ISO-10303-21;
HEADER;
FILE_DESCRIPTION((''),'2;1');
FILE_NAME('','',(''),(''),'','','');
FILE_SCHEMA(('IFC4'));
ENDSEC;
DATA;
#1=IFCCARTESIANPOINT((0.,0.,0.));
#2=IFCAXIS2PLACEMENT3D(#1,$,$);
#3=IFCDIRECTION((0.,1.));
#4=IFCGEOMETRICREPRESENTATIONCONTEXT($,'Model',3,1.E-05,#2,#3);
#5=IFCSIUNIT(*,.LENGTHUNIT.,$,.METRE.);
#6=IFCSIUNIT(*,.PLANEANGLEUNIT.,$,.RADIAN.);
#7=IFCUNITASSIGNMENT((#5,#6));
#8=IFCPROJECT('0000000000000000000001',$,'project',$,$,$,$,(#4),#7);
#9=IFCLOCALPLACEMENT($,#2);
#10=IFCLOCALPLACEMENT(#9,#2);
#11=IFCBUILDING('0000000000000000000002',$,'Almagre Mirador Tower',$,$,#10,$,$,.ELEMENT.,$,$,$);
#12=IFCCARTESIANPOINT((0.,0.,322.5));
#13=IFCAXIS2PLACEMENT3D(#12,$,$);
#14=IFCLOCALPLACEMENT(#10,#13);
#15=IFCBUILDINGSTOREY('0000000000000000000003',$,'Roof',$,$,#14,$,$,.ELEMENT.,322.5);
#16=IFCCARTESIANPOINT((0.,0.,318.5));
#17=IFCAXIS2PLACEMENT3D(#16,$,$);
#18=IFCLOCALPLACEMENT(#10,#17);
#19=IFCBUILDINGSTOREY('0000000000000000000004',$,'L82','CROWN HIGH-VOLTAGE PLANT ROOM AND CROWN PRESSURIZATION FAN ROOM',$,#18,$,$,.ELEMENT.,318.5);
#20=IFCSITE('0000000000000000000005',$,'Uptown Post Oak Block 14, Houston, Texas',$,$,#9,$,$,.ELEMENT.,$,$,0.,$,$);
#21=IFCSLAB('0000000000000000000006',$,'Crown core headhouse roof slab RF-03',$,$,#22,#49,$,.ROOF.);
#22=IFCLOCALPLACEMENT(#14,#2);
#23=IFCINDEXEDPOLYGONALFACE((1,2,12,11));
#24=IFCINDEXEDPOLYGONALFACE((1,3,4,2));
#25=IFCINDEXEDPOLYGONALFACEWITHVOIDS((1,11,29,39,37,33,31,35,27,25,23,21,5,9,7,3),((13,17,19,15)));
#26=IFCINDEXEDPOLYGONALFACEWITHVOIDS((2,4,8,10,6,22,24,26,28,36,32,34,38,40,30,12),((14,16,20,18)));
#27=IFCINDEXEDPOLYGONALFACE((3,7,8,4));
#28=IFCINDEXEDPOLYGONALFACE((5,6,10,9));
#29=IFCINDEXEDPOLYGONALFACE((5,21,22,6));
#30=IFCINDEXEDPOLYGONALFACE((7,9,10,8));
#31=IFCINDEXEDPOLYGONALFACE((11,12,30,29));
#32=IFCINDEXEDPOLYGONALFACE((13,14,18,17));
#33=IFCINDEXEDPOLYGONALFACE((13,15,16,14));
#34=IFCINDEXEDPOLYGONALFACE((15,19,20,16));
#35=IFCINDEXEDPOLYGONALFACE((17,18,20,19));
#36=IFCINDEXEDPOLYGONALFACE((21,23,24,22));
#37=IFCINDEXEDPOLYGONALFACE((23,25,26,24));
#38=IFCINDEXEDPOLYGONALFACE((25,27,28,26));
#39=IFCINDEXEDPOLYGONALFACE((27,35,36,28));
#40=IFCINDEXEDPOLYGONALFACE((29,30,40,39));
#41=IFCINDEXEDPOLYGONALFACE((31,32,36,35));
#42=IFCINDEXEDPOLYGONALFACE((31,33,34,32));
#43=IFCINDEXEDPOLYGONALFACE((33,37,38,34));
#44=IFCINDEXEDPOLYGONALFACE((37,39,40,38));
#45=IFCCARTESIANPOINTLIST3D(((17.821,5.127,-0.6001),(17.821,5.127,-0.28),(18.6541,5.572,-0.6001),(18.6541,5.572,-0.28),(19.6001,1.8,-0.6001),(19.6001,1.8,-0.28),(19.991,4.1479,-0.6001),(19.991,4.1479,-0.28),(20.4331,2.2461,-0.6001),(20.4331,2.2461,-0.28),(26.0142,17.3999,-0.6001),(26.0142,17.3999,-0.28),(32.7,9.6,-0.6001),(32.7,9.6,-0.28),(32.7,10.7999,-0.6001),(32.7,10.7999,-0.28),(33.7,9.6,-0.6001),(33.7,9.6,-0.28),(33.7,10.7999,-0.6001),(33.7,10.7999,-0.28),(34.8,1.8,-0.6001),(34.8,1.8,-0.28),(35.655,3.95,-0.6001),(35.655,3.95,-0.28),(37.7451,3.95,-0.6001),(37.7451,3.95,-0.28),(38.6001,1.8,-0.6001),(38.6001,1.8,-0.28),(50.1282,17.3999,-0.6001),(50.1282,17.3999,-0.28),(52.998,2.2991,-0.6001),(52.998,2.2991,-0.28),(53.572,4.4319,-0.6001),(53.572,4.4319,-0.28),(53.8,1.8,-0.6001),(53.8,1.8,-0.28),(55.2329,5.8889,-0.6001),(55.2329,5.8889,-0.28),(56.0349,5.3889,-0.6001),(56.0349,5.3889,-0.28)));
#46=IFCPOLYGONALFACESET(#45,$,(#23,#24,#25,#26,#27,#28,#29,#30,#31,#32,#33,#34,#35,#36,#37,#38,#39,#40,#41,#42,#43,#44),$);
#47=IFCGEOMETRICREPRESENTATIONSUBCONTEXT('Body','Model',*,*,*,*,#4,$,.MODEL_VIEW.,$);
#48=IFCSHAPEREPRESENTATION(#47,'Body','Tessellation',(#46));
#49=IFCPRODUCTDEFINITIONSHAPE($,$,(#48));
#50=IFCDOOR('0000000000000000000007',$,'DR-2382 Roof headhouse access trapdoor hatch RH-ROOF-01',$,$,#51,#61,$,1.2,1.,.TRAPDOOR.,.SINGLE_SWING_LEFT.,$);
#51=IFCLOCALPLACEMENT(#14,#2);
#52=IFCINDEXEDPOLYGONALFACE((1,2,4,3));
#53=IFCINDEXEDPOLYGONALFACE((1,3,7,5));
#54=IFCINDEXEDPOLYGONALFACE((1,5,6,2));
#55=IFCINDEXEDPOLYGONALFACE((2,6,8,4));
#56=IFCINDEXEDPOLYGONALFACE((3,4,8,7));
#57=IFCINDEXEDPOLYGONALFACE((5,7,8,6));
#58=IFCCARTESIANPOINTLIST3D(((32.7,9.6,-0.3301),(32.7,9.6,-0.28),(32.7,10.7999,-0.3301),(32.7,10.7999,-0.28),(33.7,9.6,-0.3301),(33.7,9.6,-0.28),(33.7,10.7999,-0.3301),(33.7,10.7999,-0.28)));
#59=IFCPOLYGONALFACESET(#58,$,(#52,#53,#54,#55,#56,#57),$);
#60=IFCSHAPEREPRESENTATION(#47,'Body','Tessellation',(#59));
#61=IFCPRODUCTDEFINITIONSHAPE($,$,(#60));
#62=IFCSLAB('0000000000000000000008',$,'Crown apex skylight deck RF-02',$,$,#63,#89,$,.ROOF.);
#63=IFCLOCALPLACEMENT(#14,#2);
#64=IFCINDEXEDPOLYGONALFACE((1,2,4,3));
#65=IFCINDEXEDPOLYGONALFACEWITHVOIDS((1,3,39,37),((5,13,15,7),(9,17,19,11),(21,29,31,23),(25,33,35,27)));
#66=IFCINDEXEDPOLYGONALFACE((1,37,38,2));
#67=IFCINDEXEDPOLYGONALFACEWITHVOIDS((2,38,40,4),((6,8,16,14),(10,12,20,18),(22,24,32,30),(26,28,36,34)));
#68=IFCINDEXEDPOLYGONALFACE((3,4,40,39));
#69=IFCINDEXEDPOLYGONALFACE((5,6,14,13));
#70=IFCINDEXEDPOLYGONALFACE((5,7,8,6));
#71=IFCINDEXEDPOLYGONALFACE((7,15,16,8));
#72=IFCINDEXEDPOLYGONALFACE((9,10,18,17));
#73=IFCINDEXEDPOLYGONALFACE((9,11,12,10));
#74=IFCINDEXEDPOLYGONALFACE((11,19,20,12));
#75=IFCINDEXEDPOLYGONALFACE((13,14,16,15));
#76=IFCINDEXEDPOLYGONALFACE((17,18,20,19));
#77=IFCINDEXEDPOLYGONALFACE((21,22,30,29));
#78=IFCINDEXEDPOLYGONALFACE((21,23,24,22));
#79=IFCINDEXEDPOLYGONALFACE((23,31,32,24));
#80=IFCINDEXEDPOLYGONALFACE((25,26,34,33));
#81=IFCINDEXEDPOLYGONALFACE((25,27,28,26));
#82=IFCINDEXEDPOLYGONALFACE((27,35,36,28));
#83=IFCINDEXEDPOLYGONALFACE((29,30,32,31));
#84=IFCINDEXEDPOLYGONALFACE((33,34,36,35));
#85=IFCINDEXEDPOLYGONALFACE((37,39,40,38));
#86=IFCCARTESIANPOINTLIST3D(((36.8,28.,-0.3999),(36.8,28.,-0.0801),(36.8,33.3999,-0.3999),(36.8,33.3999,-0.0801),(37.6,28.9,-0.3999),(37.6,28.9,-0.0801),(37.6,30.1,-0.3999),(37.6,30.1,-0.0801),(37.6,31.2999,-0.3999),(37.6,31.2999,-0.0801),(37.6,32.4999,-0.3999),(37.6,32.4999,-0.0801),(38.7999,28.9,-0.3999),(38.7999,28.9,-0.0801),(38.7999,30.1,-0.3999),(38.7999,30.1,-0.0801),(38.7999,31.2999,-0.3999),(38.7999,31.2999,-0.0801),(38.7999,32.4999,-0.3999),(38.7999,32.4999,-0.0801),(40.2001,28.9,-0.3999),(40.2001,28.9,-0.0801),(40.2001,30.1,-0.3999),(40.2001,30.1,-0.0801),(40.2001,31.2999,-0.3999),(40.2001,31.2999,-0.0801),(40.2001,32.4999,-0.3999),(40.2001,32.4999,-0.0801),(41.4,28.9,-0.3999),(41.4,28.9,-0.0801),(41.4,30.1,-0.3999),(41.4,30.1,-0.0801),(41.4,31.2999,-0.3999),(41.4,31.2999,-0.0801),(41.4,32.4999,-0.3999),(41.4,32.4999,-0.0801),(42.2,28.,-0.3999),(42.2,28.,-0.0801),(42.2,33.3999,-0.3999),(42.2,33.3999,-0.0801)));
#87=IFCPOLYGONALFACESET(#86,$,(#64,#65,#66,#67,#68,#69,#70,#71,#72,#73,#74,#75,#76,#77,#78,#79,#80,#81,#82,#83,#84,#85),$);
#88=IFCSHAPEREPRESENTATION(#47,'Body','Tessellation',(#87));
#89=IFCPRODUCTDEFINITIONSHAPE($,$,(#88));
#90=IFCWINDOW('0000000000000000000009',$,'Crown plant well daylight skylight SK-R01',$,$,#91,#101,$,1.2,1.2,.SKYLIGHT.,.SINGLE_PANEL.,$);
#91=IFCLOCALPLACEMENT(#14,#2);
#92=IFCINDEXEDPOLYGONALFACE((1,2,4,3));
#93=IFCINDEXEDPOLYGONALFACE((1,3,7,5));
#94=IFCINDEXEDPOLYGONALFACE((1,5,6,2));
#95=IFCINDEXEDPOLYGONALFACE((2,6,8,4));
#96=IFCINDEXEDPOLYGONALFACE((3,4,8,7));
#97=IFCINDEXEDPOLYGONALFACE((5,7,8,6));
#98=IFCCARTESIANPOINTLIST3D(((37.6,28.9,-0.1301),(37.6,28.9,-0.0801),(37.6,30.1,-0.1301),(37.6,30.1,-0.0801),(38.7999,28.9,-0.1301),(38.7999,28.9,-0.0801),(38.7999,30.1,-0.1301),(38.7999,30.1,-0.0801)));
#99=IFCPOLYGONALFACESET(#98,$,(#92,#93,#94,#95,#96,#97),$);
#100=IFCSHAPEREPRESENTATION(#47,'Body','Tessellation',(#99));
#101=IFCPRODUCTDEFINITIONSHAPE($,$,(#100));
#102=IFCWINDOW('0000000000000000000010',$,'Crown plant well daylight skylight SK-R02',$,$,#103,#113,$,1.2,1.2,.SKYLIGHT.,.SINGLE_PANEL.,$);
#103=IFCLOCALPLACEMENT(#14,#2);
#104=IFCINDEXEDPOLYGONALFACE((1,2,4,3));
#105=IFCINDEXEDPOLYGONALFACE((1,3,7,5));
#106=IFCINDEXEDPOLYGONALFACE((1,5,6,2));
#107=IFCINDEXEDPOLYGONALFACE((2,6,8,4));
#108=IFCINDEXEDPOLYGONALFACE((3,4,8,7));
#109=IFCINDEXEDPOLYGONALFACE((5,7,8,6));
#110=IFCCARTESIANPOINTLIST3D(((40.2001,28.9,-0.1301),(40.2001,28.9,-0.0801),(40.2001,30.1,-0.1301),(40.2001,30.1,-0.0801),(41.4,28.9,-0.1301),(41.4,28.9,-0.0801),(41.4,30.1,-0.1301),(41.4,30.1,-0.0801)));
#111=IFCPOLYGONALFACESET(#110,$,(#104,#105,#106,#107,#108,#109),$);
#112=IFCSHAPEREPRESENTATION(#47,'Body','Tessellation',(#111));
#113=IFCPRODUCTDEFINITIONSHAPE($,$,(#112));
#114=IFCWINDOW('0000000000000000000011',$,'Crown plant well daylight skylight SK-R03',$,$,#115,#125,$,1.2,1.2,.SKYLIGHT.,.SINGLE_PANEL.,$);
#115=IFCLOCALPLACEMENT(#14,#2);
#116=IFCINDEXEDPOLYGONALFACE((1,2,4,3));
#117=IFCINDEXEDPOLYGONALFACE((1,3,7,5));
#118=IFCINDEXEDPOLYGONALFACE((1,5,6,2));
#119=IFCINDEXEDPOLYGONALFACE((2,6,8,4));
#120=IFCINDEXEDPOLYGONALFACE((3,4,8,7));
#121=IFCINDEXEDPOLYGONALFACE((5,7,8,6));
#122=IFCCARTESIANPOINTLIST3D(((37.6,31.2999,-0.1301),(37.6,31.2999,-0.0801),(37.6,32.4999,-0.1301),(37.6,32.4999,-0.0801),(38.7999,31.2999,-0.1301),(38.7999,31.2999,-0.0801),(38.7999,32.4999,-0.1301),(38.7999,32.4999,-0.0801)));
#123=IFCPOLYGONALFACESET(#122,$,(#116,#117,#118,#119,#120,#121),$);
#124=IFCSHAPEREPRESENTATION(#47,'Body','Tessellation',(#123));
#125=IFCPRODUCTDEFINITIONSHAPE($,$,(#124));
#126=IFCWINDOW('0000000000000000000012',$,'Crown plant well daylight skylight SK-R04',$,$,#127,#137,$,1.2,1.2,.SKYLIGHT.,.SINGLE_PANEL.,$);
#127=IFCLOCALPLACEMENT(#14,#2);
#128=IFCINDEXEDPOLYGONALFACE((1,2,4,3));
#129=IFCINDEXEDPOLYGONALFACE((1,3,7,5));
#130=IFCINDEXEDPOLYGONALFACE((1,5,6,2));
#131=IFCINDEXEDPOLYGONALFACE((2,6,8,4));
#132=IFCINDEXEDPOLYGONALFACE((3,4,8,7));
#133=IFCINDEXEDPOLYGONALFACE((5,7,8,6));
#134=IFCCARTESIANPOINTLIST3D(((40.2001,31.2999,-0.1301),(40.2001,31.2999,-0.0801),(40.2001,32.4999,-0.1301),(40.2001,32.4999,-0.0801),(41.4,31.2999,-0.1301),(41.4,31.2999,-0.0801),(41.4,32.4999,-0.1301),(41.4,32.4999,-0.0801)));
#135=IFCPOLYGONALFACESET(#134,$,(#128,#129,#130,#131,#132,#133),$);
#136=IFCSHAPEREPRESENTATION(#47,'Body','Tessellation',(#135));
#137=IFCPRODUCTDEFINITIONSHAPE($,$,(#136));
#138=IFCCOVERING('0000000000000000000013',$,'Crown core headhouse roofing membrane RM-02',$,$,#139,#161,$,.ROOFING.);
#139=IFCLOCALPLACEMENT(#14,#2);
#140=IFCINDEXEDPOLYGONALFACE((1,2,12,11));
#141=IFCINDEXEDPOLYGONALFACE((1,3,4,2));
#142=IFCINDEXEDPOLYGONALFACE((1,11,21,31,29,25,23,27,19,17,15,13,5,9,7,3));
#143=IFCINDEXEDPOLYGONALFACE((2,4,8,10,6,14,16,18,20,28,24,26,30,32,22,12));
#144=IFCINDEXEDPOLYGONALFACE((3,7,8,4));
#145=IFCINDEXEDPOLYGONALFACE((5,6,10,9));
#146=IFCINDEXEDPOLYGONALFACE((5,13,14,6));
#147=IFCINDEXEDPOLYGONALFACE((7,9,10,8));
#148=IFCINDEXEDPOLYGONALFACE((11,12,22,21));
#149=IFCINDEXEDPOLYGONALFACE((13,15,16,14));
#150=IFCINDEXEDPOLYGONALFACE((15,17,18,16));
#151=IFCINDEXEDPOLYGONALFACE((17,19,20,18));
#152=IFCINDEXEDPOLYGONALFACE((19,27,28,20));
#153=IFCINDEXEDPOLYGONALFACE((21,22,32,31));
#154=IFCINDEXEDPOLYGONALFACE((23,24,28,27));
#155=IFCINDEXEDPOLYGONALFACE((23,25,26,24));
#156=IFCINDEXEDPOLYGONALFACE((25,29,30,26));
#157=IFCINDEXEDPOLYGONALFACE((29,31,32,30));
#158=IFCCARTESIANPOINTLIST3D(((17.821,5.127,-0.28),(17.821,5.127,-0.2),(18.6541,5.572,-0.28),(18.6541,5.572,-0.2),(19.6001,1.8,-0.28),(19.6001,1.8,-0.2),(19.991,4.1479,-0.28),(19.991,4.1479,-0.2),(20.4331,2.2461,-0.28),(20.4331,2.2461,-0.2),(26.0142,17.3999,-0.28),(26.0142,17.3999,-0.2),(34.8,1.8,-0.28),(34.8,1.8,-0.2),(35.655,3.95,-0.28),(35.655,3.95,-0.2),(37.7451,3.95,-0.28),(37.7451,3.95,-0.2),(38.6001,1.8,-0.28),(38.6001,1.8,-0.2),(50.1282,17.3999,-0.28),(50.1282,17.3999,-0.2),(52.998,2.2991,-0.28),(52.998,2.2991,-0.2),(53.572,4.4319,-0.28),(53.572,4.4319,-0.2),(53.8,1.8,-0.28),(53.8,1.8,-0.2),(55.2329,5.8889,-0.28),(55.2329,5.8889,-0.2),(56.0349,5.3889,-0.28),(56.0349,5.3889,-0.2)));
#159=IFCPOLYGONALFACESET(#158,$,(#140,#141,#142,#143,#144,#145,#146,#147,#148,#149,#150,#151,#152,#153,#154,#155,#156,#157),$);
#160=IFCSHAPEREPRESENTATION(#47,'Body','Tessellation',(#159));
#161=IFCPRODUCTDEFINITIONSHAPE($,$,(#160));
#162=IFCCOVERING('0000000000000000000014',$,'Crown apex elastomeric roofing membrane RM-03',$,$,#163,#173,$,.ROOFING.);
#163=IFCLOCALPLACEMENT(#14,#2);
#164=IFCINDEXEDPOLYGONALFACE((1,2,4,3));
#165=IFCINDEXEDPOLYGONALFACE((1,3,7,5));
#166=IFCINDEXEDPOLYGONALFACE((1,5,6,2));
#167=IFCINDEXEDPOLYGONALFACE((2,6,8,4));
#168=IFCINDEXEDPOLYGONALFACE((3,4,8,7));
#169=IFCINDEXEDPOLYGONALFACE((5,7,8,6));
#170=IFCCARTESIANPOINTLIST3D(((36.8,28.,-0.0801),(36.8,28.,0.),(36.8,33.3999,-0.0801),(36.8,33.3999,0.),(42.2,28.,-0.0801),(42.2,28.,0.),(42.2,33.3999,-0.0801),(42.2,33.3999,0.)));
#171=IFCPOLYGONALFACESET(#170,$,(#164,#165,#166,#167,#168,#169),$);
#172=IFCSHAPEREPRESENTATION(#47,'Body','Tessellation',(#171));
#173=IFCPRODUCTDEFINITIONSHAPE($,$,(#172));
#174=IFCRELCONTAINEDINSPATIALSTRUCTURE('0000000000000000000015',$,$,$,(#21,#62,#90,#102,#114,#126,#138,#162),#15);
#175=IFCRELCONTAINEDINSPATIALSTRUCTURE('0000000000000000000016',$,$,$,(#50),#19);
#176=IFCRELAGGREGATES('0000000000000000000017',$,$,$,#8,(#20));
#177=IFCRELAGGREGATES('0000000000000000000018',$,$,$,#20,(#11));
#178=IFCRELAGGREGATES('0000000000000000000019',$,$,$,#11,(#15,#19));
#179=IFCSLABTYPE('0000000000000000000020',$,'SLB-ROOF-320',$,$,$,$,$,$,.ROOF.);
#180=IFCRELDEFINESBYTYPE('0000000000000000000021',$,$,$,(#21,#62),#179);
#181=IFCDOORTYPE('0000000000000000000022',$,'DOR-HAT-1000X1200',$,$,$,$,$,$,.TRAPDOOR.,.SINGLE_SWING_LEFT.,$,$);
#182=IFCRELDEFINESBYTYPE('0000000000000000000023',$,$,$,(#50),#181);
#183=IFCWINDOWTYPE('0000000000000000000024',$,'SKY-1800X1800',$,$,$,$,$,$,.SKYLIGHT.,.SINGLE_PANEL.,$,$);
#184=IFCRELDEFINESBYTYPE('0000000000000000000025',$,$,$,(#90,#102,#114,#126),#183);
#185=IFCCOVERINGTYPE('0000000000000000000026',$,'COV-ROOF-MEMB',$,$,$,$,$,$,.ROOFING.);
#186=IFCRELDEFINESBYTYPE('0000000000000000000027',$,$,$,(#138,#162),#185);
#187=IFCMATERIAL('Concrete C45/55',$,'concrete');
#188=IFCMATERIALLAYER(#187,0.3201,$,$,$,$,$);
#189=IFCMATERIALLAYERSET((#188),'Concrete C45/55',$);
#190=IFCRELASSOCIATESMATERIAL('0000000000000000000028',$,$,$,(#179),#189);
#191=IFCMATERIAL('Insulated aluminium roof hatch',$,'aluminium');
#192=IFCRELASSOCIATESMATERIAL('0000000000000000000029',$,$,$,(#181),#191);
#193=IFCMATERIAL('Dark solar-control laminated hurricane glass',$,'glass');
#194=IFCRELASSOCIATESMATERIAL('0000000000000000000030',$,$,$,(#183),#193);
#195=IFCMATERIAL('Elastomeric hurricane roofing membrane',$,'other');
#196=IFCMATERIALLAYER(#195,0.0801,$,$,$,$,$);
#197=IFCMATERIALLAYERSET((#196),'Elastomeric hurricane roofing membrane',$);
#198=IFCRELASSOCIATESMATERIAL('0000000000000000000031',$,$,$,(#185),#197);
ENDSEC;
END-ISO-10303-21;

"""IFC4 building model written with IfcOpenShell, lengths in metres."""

from ifc_helpers import new_model, si_unit, direction, frame, origin, origin_2d, place, context, subcontext, project, spatial, polyline, rectangle, outline, extrude, material, layer, layer_set, type_object, element, fill, save


model = new_model("IFC4")

# Units and contexts
model_context = context("Model", 3, precision=1e-05, world=origin(), true_north=direction((0.0, 1.0)))
body_context = subcontext(model_context, "Body", "Model", "MODEL_VIEW")
ifc_project = project(units=[si_unit("LENGTHUNIT", "METRE"), si_unit("PLANEANGLEUNIT", "RADIAN")], contexts=[model_context])

# Site, building, storey
site_placement = place(None, origin())
site = spatial("IfcSite", under=ifc_project, at=site_placement, Name="Uptown Post Oak Block 14, Houston, Texas", CompositionType="ELEMENT", RefElevation=0.0)
building_placement = place(site_placement, origin())
building = spatial("IfcBuilding", under=site, at=building_placement, Name="Almagre Mirador Tower", CompositionType="ELEMENT")
storey_1_placement = place(building_placement, frame((0.0, 0.0, 322.5)))
storey_1 = spatial("IfcBuildingStorey", under=building, at=storey_1_placement, Name="Roof", CompositionType="ELEMENT", Elevation=322.5)

# Shared definitions
ifc_material_1 = material(Name="Concrete C45/55", Category="concrete")
ifc_layer_1 = layer(ifc_material_1, 0.3201)
ifc_layer_set_1 = layer_set([ifc_layer_1], Name="Concrete C45/55")
slab_type = type_object("IfcSlabType", Name="SLB-ROOF-320", PredefinedType="ROOF", material=ifc_layer_set_1)

# Slab, opening
slab_1_placement = place(storey_1_placement, frame((0.0, 0.0, -0.6001)))
slab_1 = element("IfcSlab", 1, at=slab_1_placement, inside=storey_1, type_object=slab_type, Name="Crown core headhouse roof slab RF-03", PredefinedType="ROOF", context=body_context, shape_type="SweptSolid", body=[
    extrude(outline(polyline([(50.1282, 17.3999), (26.0142, 17.3999), (17.821, 5.127), (18.6541, 5.572), (19.991, 4.1479), (20.4331, 2.2461), (19.6001, 1.8), (34.8, 1.8), (35.655, 3.95), (37.7451, 3.95), (38.6001, 1.8), (53.8, 1.8), (52.998, 2.2991), (53.572, 4.4319), (55.2329, 5.8889), (56.0349, 5.3889), (50.1282, 17.3999)])), origin(), (0.0, 0.0, 1.0), 0.3201),
])
opening_1_placement = place(slab_1_placement, frame((33.2, 10.2, 0.0)))
opening_1 = element("IfcOpeningElement", 2, at=opening_1_placement, cuts=slab_1, PredefinedType="OPENING", context=body_context, shape_type="SweptSolid", body=[
    extrude(rectangle(XDim=1.0, YDim=1.2, at=origin_2d()), origin(), (0.0, 0.0, 1.0), 0.3201),
])

# Shared definitions
storey_2_placement = place(building_placement, frame((0.0, 0.0, 318.5)))
storey_2 = spatial("IfcBuildingStorey", under=building, at=storey_2_placement, Name="L82", Description="CROWN HIGH-VOLTAGE PLANT ROOM AND CROWN PRESSURIZATION FAN ROOM", CompositionType="ELEMENT", Elevation=318.5)

# Door
ifc_material_2 = material(Name="Insulated aluminium roof hatch", Category="aluminium")
door_type = type_object("IfcDoorType", Name="DOR-HAT-1000X1200", OperationType="SINGLE_SWING_LEFT", PredefinedType="TRAPDOOR", material=ifc_material_2)
door_placement = place(opening_1_placement, frame((0.0, 0.0, 0.27)))
door = element("IfcDoor", 3, at=door_placement, inside=storey_2, type_object=door_type, Name="DR-2382 Roof headhouse access trapdoor hatch RH-ROOF-01", OperationType="SINGLE_SWING_LEFT", OverallHeight=1.2, OverallWidth=1.0, PredefinedType="TRAPDOOR", context=body_context, shape_type="SweptSolid", body=[
    extrude(rectangle(XDim=1.0, YDim=1.2, at=origin_2d()), origin(), (0.0, 0.0, 1.0), 0.05),
])
fill(opening_1, door)

# Slab, openings, windows
slab_2_placement = place(storey_1_placement, frame((0.0, 0.0, -0.3999)))
slab_2 = element("IfcSlab", 4, at=slab_2_placement, inside=storey_1, type_object=slab_type, Name="Crown apex skylight deck RF-02", PredefinedType="ROOF", context=body_context, shape_type="SweptSolid", body=[
    extrude(outline(polyline([(36.8, 28.0), (42.2, 28.0), (42.2, 33.3999), (36.8, 33.3999), (36.8, 28.0)])), origin(), (0.0, 0.0, 1.0), 0.3198),
])
opening_2_placement = place(slab_2_placement, frame((38.2, 29.5, 0.0)))
opening_2 = element("IfcOpeningElement", 5, at=opening_2_placement, cuts=slab_2, PredefinedType="OPENING", context=body_context, shape_type="SweptSolid", body=[
    extrude(rectangle(XDim=1.2, YDim=1.2, at=origin_2d()), origin(), (0.0, 0.0, 1.0), 0.3198),
])
opening_3_placement = place(slab_2_placement, frame((40.8, 29.5, 0.0)))
opening_3 = element("IfcOpeningElement", 6, at=opening_3_placement, cuts=slab_2, PredefinedType="OPENING", context=body_context, shape_type="SweptSolid", body=[
    extrude(rectangle(XDim=1.2, YDim=1.2, at=origin_2d()), origin(), (0.0, 0.0, 1.0), 0.3198),
])
opening_4_placement = place(slab_2_placement, frame((38.2, 31.8999, 0.0)))
opening_4 = element("IfcOpeningElement", 7, at=opening_4_placement, cuts=slab_2, PredefinedType="OPENING", context=body_context, shape_type="SweptSolid", body=[
    extrude(rectangle(XDim=1.2, YDim=1.2, at=origin_2d()), origin(), (0.0, 0.0, 1.0), 0.3198),
])
opening_5_placement = place(slab_2_placement, frame((40.8, 31.8999, 0.0)))
opening_5 = element("IfcOpeningElement", 8, at=opening_5_placement, cuts=slab_2, PredefinedType="OPENING", context=body_context, shape_type="SweptSolid", body=[
    extrude(rectangle(XDim=1.2, YDim=1.2, at=origin_2d()), origin(), (0.0, 0.0, 1.0), 0.3198),
])
ifc_material_3 = material(Name="Dark solar-control laminated hurricane glass", Category="glass")
window_type = type_object("IfcWindowType", Name="SKY-1800X1800", PartitioningType="SINGLE_PANEL", PredefinedType="SKYLIGHT", material=ifc_material_3)
window_1_placement = place(opening_2_placement, frame((0.0, 0.0, 0.2698)))
window_1 = element("IfcWindow", 9, at=window_1_placement, inside=storey_1, type_object=window_type, Name="Crown plant well daylight skylight SK-R01", OverallHeight=1.2, OverallWidth=1.2, PartitioningType="SINGLE_PANEL", PredefinedType="SKYLIGHT", context=body_context, shape_type="SweptSolid", body=[
    extrude(rectangle(XDim=1.2, YDim=1.2, at=origin_2d()), origin(), (0.0, 0.0, 1.0), 0.05),
])
fill(opening_2, window_1)
window_2_placement = place(opening_3_placement, frame((0.0, 0.0, 0.2698)))
window_2 = element("IfcWindow", 10, at=window_2_placement, inside=storey_1, type_object=window_type, Name="Crown plant well daylight skylight SK-R02", OverallHeight=1.2, OverallWidth=1.2, PartitioningType="SINGLE_PANEL", PredefinedType="SKYLIGHT", context=body_context, shape_type="SweptSolid", body=[
    extrude(rectangle(XDim=1.2, YDim=1.2, at=origin_2d()), origin(), (0.0, 0.0, 1.0), 0.05),
])
fill(opening_3, window_2)
window_3_placement = place(opening_4_placement, frame((0.0, 0.0, 0.2698)))
window_3 = element("IfcWindow", 11, at=window_3_placement, inside=storey_1, type_object=window_type, Name="Crown plant well daylight skylight SK-R03", OverallHeight=1.2, OverallWidth=1.2, PartitioningType="SINGLE_PANEL", PredefinedType="SKYLIGHT", context=body_context, shape_type="SweptSolid", body=[
    extrude(rectangle(XDim=1.2, YDim=1.2, at=origin_2d()), origin(), (0.0, 0.0, 1.0), 0.05),
])
fill(opening_4, window_3)
window_4_placement = place(opening_5_placement, frame((0.0, 0.0, 0.2698)))
window_4 = element("IfcWindow", 12, at=window_4_placement, inside=storey_1, type_object=window_type, Name="Crown plant well daylight skylight SK-R04", OverallHeight=1.2, OverallWidth=1.2, PartitioningType="SINGLE_PANEL", PredefinedType="SKYLIGHT", context=body_context, shape_type="SweptSolid", body=[
    extrude(rectangle(XDim=1.2, YDim=1.2, at=origin_2d()), origin(), (0.0, 0.0, 1.0), 0.05),
])
fill(opening_5, window_4)

# Coverings
ifc_material_4 = material(Name="Elastomeric hurricane roofing membrane", Category="other")
ifc_layer_2 = layer(ifc_material_4, 0.0801)
ifc_layer_set_2 = layer_set([ifc_layer_2], Name="Elastomeric hurricane roofing membrane")
covering_type = type_object("IfcCoveringType", Name="COV-ROOF-MEMB", PredefinedType="ROOFING", material=ifc_layer_set_2)
covering_1_placement = place(storey_1_placement, frame((0.0, 0.0, -0.28)))
element("IfcCovering", 13, at=covering_1_placement, inside=storey_1, type_object=covering_type, Name="Crown core headhouse roofing membrane RM-02", PredefinedType="ROOFING", context=body_context, shape_type="SweptSolid", body=[
    extrude(outline(polyline([(56.0349, 5.3889), (55.2329, 5.8889), (53.572, 4.4319), (52.998, 2.2991), (53.8, 1.8), (38.6001, 1.8), (37.7451, 3.95), (35.655, 3.95), (34.8, 1.8), (19.6001, 1.8), (20.4331, 2.2461), (19.991, 4.1479), (18.6541, 5.572), (17.821, 5.127), (26.0142, 17.3999), (50.1282, 17.3999), (56.0349, 5.3889)])), origin(), (0.0, 0.0, 1.0), 0.0801),
])
covering_2_placement = place(storey_1_placement, frame((0.0, 0.0, -0.0801)))
element("IfcCovering", 14, at=covering_2_placement, inside=storey_1, type_object=covering_type, Name="Crown apex elastomeric roofing membrane RM-03", PredefinedType="ROOFING", context=body_context, shape_type="SweptSolid", body=[
    extrude(outline(polyline([(36.8, 28.0), (42.2, 28.0), (42.2, 33.3999), (36.8, 33.3999), (36.8, 28.0)])), origin(), (0.0, 0.0, 1.0), 0.0801),
])

save(model, "model.ifc")
